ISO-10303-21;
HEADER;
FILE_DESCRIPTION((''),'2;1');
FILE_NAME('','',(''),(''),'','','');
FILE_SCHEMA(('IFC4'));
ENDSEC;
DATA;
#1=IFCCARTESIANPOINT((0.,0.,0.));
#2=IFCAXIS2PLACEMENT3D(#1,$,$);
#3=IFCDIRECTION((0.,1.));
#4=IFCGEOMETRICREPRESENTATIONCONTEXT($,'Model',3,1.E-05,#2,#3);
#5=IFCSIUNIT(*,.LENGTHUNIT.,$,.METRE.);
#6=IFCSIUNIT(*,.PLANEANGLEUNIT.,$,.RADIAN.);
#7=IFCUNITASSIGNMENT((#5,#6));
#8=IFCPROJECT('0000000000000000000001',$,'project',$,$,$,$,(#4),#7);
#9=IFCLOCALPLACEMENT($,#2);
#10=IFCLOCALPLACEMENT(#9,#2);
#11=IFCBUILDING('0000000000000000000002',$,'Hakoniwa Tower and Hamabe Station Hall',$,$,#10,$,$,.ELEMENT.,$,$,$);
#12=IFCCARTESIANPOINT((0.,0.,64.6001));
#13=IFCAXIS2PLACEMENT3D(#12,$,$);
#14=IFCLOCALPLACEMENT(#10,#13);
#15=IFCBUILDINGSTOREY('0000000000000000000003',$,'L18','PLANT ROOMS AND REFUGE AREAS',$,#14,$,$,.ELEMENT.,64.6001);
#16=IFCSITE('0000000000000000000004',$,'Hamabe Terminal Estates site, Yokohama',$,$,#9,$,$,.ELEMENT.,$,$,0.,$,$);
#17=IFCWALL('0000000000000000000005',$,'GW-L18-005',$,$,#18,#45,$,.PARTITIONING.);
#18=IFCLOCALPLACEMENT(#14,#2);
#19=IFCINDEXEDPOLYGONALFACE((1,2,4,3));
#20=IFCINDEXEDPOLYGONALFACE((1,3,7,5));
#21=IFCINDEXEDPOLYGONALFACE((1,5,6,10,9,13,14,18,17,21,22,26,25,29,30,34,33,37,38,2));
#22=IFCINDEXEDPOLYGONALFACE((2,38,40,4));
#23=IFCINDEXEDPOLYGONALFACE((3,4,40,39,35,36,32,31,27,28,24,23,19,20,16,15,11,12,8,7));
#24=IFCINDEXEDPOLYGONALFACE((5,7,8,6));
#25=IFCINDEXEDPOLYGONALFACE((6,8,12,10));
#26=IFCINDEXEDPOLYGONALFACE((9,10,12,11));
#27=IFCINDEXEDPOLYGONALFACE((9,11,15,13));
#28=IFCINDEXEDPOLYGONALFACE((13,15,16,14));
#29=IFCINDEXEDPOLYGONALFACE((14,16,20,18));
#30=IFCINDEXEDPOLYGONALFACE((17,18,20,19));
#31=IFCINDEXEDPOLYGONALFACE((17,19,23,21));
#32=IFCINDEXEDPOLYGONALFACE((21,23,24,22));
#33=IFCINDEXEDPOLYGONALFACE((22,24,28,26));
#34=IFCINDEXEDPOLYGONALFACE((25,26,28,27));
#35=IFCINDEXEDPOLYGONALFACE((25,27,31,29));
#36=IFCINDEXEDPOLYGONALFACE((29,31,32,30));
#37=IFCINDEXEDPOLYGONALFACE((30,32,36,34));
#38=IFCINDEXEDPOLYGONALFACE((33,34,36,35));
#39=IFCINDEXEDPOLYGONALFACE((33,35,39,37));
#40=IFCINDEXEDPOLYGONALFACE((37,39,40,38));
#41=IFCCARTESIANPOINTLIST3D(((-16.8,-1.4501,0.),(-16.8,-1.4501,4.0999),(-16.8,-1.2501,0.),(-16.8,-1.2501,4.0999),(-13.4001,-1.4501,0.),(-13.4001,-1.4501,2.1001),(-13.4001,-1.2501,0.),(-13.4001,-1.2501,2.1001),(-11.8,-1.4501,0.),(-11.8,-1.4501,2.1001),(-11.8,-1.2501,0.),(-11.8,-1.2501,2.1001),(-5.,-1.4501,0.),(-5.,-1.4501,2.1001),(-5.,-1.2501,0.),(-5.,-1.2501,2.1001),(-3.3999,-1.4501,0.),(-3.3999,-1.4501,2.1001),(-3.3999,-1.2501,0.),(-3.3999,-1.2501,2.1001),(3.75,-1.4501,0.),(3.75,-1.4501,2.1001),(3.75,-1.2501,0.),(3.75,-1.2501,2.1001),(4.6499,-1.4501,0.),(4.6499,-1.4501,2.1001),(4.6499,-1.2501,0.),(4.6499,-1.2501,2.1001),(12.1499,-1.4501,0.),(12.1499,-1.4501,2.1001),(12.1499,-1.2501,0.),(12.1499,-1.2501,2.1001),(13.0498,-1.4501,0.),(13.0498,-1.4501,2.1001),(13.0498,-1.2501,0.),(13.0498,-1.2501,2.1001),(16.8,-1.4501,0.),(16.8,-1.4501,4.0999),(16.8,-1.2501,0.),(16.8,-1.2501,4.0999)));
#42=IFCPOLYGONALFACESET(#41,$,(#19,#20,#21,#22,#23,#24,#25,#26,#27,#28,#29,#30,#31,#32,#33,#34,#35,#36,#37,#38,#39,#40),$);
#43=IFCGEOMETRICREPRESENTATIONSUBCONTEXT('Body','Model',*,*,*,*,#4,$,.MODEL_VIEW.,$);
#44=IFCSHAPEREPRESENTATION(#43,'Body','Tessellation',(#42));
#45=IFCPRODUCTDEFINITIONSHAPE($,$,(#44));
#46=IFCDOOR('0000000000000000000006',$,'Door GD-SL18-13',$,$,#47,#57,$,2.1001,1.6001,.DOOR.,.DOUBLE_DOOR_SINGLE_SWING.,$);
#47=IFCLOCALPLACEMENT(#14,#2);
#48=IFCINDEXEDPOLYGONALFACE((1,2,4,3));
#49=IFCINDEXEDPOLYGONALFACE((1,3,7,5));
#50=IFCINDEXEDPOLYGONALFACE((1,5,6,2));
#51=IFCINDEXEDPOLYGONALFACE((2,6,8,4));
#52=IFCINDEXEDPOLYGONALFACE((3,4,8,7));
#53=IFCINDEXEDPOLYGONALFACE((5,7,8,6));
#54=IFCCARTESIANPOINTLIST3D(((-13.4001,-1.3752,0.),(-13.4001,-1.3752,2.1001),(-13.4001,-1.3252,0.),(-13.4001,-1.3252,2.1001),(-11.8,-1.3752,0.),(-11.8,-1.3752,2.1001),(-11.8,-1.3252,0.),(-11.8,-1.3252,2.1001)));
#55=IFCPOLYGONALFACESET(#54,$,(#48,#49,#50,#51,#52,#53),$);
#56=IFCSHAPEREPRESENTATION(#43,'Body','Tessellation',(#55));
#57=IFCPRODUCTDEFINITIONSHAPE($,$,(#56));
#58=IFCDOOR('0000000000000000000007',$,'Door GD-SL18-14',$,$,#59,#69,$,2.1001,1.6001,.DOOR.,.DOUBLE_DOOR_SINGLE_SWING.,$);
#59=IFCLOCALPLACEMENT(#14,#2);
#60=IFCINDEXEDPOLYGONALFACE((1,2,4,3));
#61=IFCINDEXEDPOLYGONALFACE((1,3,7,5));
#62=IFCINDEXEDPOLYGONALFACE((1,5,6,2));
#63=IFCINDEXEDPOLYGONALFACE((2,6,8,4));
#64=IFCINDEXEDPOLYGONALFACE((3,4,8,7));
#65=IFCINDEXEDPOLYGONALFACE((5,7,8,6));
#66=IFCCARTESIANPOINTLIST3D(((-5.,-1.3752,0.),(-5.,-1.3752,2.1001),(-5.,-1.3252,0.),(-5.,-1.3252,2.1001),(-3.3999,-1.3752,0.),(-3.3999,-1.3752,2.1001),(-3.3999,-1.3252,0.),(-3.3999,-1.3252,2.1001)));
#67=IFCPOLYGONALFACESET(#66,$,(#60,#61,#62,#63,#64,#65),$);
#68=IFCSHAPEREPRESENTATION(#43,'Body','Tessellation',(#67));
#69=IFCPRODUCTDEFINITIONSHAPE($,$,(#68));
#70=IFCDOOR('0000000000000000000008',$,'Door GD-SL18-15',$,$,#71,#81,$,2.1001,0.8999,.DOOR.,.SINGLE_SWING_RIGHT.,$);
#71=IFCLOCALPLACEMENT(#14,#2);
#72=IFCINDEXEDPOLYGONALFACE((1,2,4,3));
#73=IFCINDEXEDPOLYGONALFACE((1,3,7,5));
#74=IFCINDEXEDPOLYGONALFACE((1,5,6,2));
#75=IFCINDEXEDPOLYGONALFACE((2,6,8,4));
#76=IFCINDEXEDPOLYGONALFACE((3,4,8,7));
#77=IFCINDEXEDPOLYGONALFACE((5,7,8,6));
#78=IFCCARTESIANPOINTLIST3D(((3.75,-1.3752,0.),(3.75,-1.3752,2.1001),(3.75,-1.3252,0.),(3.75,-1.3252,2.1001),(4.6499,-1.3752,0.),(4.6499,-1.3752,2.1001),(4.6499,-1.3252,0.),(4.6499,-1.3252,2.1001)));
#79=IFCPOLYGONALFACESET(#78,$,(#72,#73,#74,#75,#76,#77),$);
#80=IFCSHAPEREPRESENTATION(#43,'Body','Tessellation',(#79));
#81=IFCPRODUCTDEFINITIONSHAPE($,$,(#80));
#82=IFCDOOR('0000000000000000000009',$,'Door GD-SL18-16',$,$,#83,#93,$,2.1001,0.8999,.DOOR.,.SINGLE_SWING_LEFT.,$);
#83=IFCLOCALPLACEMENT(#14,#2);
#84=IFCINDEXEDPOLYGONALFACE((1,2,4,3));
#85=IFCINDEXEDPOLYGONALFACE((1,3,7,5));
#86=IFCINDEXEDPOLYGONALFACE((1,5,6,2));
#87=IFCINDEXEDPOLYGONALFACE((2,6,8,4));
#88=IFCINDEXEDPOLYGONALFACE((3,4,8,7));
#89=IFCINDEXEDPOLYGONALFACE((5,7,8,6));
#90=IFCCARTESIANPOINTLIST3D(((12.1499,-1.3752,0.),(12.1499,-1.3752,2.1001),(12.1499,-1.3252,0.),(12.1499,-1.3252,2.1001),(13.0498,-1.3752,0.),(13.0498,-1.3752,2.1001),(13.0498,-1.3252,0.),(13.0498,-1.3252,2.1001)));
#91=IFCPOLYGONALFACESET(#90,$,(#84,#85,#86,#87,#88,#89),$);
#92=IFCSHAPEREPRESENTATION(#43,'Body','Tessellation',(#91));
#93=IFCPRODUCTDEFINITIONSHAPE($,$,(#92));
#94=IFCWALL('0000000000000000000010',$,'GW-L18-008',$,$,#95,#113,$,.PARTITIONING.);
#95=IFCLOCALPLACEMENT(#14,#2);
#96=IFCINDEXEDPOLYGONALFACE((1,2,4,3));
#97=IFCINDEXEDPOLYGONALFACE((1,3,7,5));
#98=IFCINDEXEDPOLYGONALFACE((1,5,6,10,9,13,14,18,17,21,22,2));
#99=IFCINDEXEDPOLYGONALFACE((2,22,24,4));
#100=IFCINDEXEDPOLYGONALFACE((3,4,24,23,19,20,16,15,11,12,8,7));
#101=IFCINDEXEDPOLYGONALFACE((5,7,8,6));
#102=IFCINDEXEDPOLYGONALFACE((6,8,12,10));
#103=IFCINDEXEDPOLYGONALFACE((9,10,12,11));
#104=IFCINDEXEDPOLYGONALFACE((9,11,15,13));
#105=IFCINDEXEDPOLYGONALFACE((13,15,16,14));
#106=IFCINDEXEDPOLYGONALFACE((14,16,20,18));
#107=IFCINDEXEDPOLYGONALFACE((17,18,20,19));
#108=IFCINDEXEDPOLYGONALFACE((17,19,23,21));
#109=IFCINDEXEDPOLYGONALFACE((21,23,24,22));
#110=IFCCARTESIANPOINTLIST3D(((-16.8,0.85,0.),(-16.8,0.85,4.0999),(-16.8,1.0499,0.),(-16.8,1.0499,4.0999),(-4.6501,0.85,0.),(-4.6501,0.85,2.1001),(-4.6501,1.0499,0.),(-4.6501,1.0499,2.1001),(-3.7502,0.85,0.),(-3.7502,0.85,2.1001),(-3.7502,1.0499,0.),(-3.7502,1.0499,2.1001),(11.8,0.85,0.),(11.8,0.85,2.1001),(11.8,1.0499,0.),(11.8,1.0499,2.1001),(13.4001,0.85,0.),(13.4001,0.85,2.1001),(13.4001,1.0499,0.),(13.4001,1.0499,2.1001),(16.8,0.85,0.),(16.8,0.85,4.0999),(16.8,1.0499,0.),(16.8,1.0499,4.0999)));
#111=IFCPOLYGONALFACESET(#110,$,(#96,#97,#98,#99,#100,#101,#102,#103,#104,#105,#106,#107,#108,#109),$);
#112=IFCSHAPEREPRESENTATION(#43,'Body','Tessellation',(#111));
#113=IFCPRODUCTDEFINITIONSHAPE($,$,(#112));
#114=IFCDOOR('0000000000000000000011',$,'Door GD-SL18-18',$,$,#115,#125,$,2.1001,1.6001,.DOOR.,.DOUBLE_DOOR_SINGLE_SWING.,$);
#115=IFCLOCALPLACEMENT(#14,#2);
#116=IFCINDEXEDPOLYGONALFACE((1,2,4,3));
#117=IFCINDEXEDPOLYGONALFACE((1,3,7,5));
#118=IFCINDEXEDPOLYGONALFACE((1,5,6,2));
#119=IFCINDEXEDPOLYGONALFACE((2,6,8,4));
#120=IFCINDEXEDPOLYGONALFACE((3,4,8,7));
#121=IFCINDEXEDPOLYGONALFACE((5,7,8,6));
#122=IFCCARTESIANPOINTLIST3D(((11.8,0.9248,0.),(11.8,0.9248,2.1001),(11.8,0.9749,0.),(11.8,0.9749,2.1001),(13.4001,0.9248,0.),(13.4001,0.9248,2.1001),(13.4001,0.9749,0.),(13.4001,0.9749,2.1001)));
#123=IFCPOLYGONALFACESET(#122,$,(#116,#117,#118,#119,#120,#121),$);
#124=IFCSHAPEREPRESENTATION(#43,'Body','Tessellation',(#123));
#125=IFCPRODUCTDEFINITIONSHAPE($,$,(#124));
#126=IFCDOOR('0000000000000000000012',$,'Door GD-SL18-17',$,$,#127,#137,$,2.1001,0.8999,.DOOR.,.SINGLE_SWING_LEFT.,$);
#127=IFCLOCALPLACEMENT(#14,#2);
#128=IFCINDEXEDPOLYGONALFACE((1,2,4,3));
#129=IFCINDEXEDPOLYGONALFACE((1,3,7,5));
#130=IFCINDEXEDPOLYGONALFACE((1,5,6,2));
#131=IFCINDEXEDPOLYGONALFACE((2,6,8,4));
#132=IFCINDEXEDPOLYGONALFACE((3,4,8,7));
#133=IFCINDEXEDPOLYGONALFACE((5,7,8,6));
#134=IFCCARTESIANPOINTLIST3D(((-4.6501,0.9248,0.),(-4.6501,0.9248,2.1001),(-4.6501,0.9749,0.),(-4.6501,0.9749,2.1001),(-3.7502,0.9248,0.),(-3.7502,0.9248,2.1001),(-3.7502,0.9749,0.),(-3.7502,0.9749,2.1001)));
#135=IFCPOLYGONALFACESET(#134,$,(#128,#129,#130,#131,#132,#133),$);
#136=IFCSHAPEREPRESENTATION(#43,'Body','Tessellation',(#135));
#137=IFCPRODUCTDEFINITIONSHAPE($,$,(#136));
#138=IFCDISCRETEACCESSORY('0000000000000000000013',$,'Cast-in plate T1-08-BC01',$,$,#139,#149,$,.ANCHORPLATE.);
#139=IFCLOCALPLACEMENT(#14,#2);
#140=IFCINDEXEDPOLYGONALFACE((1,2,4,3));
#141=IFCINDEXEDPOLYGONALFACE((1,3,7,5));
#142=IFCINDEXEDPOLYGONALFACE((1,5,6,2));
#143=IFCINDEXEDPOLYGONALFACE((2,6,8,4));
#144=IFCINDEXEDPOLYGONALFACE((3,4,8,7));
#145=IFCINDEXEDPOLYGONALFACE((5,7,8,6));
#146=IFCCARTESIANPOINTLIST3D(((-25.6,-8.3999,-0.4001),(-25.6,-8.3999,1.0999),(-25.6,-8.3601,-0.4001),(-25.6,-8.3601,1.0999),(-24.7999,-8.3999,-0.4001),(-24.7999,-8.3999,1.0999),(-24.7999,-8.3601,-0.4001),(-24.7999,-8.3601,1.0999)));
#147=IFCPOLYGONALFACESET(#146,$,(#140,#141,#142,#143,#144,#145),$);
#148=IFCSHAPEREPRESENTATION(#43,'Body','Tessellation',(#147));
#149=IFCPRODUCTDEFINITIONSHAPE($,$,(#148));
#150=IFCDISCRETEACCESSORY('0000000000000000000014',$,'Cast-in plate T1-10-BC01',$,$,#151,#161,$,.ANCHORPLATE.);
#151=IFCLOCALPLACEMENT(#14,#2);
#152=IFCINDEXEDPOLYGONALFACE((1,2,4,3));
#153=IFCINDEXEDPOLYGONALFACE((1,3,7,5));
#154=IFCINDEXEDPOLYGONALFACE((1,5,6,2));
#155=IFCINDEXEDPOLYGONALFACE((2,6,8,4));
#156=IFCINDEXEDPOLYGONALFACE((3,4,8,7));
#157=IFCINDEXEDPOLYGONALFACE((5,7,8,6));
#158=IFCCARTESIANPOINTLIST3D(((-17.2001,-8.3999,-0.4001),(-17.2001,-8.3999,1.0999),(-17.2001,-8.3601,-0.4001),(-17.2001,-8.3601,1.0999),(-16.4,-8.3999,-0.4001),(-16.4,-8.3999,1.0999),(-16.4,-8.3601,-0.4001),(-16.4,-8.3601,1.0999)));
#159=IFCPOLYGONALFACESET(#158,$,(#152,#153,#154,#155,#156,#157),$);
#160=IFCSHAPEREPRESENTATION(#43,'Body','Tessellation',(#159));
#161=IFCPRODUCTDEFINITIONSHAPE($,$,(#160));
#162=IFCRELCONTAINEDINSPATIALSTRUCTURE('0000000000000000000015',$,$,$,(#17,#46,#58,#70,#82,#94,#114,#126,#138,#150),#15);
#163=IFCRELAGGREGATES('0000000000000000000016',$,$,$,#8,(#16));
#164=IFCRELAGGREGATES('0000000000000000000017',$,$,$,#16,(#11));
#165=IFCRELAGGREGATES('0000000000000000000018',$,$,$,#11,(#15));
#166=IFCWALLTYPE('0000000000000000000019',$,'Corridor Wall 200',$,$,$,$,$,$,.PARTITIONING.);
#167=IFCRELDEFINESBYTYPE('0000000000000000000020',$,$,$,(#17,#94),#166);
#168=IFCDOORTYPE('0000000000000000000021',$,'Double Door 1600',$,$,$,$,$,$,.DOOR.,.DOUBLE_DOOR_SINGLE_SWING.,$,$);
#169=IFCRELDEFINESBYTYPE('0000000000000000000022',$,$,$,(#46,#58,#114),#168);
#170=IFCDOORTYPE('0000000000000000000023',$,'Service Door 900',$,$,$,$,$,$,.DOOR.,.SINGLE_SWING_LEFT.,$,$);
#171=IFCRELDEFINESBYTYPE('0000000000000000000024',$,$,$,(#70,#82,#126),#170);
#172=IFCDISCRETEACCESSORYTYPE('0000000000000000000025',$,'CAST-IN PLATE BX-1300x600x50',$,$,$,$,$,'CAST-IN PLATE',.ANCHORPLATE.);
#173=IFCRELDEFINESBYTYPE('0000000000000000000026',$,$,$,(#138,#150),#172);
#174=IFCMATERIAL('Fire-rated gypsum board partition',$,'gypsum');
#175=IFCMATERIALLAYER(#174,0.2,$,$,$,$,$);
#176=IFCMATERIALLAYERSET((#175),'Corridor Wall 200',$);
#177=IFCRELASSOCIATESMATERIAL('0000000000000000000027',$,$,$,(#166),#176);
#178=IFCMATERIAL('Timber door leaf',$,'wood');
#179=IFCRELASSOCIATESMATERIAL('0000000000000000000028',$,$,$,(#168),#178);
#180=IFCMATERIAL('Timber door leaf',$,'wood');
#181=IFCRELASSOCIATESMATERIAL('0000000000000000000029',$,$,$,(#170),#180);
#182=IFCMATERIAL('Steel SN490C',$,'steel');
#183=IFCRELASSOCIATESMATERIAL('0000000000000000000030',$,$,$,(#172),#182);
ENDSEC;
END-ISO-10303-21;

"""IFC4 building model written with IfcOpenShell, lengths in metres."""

from ifc_helpers import new_model, si_unit, direction, frame, frame_2d, origin, origin_2d, place, context, subcontext, project, spatial, rectangle, extrude, material, layer, layer_set, material_profile, profile_set, type_object, element, fill, save


model = new_model("IFC4")

# Units and contexts
model_context = context("Model", 3, precision=1e-05, world=origin(), true_north=direction((0.0, 1.0)))
body_context = subcontext(model_context, "Body", "Model", "MODEL_VIEW")
ifc_project = project(units=[si_unit("LENGTHUNIT", "METRE"), si_unit("PLANEANGLEUNIT", "RADIAN")], contexts=[model_context])

# Site, building, storey
site_placement = place(None, origin())
site = spatial("IfcSite", under=ifc_project, at=site_placement, Name="Hamabe Terminal Estates site, Yokohama", CompositionType="ELEMENT", RefElevation=0.0)
building_placement = place(site_placement, origin())
building = spatial("IfcBuilding", under=site, at=building_placement, Name="Hakoniwa Tower and Hamabe Station Hall", CompositionType="ELEMENT")
storey_placement = place(building_placement, frame((0.0, 0.0, 64.6001)))
storey = spatial("IfcBuildingStorey", under=building, at=storey_placement, Name="L18", Description="PLANT ROOMS AND REFUGE AREAS", CompositionType="ELEMENT", Elevation=64.6001)

# Walls, openings, doors
ifc_material_1 = material(Name="Fire-rated gypsum board partition", Category="gypsum")
ifc_layer_1 = layer(ifc_material_1, 0.2)
ifc_layer_set_1 = layer_set([ifc_layer_1], Name="Corridor Wall 200")
wall_type_1 = type_object("IfcWallType", Name="Corridor Wall 200", PredefinedType="PARTITIONING", material=ifc_layer_set_1)
wall_1_placement = place(storey_placement, frame((-16.8, -1.3501, 0.0), z_axis=(0.0, 0.0, 1.0), x_axis=(1.0, 0.0, 0.0)))
wall_1 = element("IfcWall", 1, at=wall_1_placement, inside=storey, type_object=wall_type_1, Name="GW-L18-005", PredefinedType="PARTITIONING", context=body_context, shape_type="SweptSolid", body=[
    extrude(rectangle(XDim=33.6001, YDim=0.2, at=frame_2d((16.8, 0.0))), origin(), (0.0, 0.0, 1.0), 4.0999),
])
opening_1_placement = place(wall_1_placement, frame((3.3999, 0.0, 0.0)))
opening_1 = element("IfcOpeningElement", 2, at=opening_1_placement, cuts=wall_1, PredefinedType="OPENING", context=body_context, shape_type="SweptSolid", body=[
    extrude(rectangle(XDim=1.6001, YDim=2.1001, at=frame_2d((0.8, 1.05))), frame((0.0, 0.1099, 0.0), z_axis=(0.0, -1.0, 0.0), x_axis=(1.0, 0.0, 0.0)), (0.0, 0.0, 1.0), 0.22),
])
opening_2_placement = place(wall_1_placement, frame((11.8, 0.0, 0.0)))
opening_2 = element("IfcOpeningElement", 3, at=opening_2_placement, cuts=wall_1, PredefinedType="OPENING", context=body_context, shape_type="SweptSolid", body=[
    extrude(rectangle(XDim=1.6001, YDim=2.1001, at=frame_2d((0.8, 1.05))), frame((0.0, 0.1099, 0.0), z_axis=(0.0, -1.0, 0.0), x_axis=(1.0, 0.0, 0.0)), (0.0, 0.0, 1.0), 0.22),
])
opening_3_placement = place(wall_1_placement, frame((20.55, 0.0, 0.0)))
opening_3 = element("IfcOpeningElement", 4, at=opening_3_placement, cuts=wall_1, PredefinedType="OPENING", context=body_context, shape_type="SweptSolid", body=[
    extrude(rectangle(XDim=0.8999, YDim=2.1001, at=frame_2d((0.45, 1.05))), frame((0.0, 0.1099, 0.0), z_axis=(0.0, -1.0, 0.0), x_axis=(1.0, 0.0, 0.0)), (0.0, 0.0, 1.0), 0.22),
])
opening_4_placement = place(wall_1_placement, frame((28.95, 0.0, 0.0)))
opening_4 = element("IfcOpeningElement", 5, at=opening_4_placement, cuts=wall_1, PredefinedType="OPENING", context=body_context, shape_type="SweptSolid", body=[
    extrude(rectangle(XDim=0.8999, YDim=2.1001, at=frame_2d((0.45, 1.05))), frame((0.0, 0.1099, 0.0), z_axis=(0.0, -1.0, 0.0), x_axis=(1.0, 0.0, 0.0)), (0.0, 0.0, 1.0), 0.22),
])
ifc_material_2 = material(Name="Timber door leaf", Category="wood")
door_type_1 = type_object("IfcDoorType", Name="Double Door 1600", OperationType="DOUBLE_DOOR_SINGLE_SWING", PredefinedType="DOOR", material=ifc_material_2)
door_1_placement = place(opening_1_placement, origin())
door_1 = element("IfcDoor", 6, at=door_1_placement, inside=storey, type_object=door_type_1, Name="Door GD-SL18-13", OperationType="DOUBLE_DOOR_SINGLE_SWING", OverallHeight=2.1001, OverallWidth=1.6001, PredefinedType="DOOR", context=body_context, shape_type="SweptSolid", body=[
    extrude(rectangle(XDim=1.6001, YDim=2.1001, at=frame_2d((0.8, 1.05))), frame((0.0, 0.0249, 0.0), z_axis=(0.0, -1.0, 0.0), x_axis=(1.0, 0.0, 0.0)), (0.0, 0.0, 1.0), 0.05),
])
fill(opening_1, door_1)
door_2_placement = place(opening_2_placement, origin())
door_2 = element("IfcDoor", 7, at=door_2_placement, inside=storey, type_object=door_type_1, Name="Door GD-SL18-14", OperationType="DOUBLE_DOOR_SINGLE_SWING", OverallHeight=2.1001, OverallWidth=1.6001, PredefinedType="DOOR", context=body_context, shape_type="SweptSolid", body=[
    extrude(rectangle(XDim=1.6001, YDim=2.1001, at=frame_2d((0.8, 1.05))), frame((0.0, 0.0249, 0.0), z_axis=(0.0, -1.0, 0.0), x_axis=(1.0, 0.0, 0.0)), (0.0, 0.0, 1.0), 0.05),
])
fill(opening_2, door_2)
ifc_material_3 = material(Name="Timber door leaf", Category="wood")
door_type_2 = type_object("IfcDoorType", Name="Service Door 900", OperationType="SINGLE_SWING_LEFT", PredefinedType="DOOR", material=ifc_material_3)
door_3_placement = place(opening_3_placement, origin())
door_3 = element("IfcDoor", 8, at=door_3_placement, inside=storey, type_object=door_type_2, Name="Door GD-SL18-15", OperationType="SINGLE_SWING_RIGHT", OverallHeight=2.1001, OverallWidth=0.8999, PredefinedType="DOOR", context=body_context, shape_type="SweptSolid", body=[
    extrude(rectangle(XDim=0.8999, YDim=2.1001, at=frame_2d((0.45, 1.05))), frame((0.0, 0.0249, 0.0), z_axis=(0.0, -1.0, 0.0), x_axis=(1.0, 0.0, 0.0)), (0.0, 0.0, 1.0), 0.05),
])
fill(opening_3, door_3)
door_4_placement = place(opening_4_placement, origin())
door_4 = element("IfcDoor", 9, at=door_4_placement, inside=storey, type_object=door_type_2, Name="Door GD-SL18-16", OperationType="SINGLE_SWING_LEFT", OverallHeight=2.1001, OverallWidth=0.8999, PredefinedType="DOOR", context=body_context, shape_type="SweptSolid", body=[
    extrude(rectangle(XDim=0.8999, YDim=2.1001, at=frame_2d((0.45, 1.05))), frame((0.0, 0.0249, 0.0), z_axis=(0.0, -1.0, 0.0), x_axis=(1.0, 0.0, 0.0)), (0.0, 0.0, 1.0), 0.05),
])
fill(opening_4, door_4)
wall_2_placement = place(storey_placement, frame((-16.8, 0.95, 0.0), z_axis=(0.0, 0.0, 1.0), x_axis=(1.0, 0.0, 0.0)))
wall_2 = element("IfcWall", 10, at=wall_2_placement, inside=storey, type_object=wall_type_1, Name="GW-L18-008", PredefinedType="PARTITIONING", context=body_context, shape_type="SweptSolid", body=[
    extrude(rectangle(XDim=33.6001, YDim=0.2, at=frame_2d((16.8, 0.0))), origin(), (0.0, 0.0, 1.0), 4.0999),
])
opening_5_placement = place(wall_2_placement, frame((12.1499, 0.0, 0.0)))
opening_5 = element("IfcOpeningElement", 11, at=opening_5_placement, cuts=wall_2, PredefinedType="OPENING", context=body_context, shape_type="SweptSolid", body=[
    extrude(rectangle(XDim=0.8999, YDim=2.1001, at=frame_2d((0.45, 1.05))), frame((0.0, 0.1099, 0.0), z_axis=(0.0, -1.0, 0.0), x_axis=(1.0, 0.0, 0.0)), (0.0, 0.0, 1.0), 0.22),
])
opening_6_placement = place(wall_2_placement, frame((28.6001, 0.0, 0.0)))
opening_6 = element("IfcOpeningElement", 12, at=opening_6_placement, cuts=wall_2, PredefinedType="OPENING", context=body_context, shape_type="SweptSolid", body=[
    extrude(rectangle(XDim=1.6001, YDim=2.1001, at=frame_2d((0.8, 1.05))), frame((0.0, 0.1099, 0.0), z_axis=(0.0, -1.0, 0.0), x_axis=(1.0, 0.0, 0.0)), (0.0, 0.0, 1.0), 0.22),
])
door_5_placement = place(opening_6_placement, origin())
door_5 = element("IfcDoor", 13, at=door_5_placement, inside=storey, type_object=door_type_1, Name="Door GD-SL18-18", OperationType="DOUBLE_DOOR_SINGLE_SWING", OverallHeight=2.1001, OverallWidth=1.6001, PredefinedType="DOOR", context=body_context, shape_type="SweptSolid", body=[
    extrude(rectangle(XDim=1.6001, YDim=2.1001, at=frame_2d((0.8, 1.05))), frame((0.0, 0.0249, 0.0), z_axis=(0.0, -1.0, 0.0), x_axis=(1.0, 0.0, 0.0)), (0.0, 0.0, 1.0), 0.05),
])
fill(opening_6, door_5)
door_6_placement = place(opening_5_placement, origin())
door_6 = element("IfcDoor", 14, at=door_6_placement, inside=storey, type_object=door_type_2, Name="Door GD-SL18-17", OperationType="SINGLE_SWING_LEFT", OverallHeight=2.1001, OverallWidth=0.8999, PredefinedType="DOOR", context=body_context, shape_type="SweptSolid", body=[
    extrude(rectangle(XDim=0.8999, YDim=2.1001, at=frame_2d((0.45, 1.05))), frame((0.0, 0.0249, 0.0), z_axis=(0.0, -1.0, 0.0), x_axis=(1.0, 0.0, 0.0)), (0.0, 0.0, 1.0), 0.05),
])
fill(opening_5, door_6)

# Discrete accessories
ifc_material_4 = material(Name="Steel SN490C", Category="steel")
ifc_material_profile_1 = material_profile(ifc_material_4, rectangle(XDim=0.8, YDim=1.5, at=origin_2d()), Name="CAST-IN PLATE BX-1300x600x50")
ifc_profile_set_1 = profile_set([ifc_material_profile_1], Name="Steel SN490C")
discrete_accessory_type_1 = type_object("IfcDiscreteAccessoryType", Name="CAST-IN PLATE BX-1300x600x50", ElementType="CAST-IN PLATE", PredefinedType="ANCHORPLATE", material=ifc_profile_set_1)
for number, where, z_axis, x_axis, name in (
    (15, (-25.2, -8.3601, 0.3499), (0.0, -1.0, 0.0), (1.0, 0.0, 0.0), "Cast-in plate T1-08-BC01"),
    (16, (-16.8, -8.3601, 0.3499), (0.0, -1.0, 0.0), (1.0, 0.0, 0.0), "Cast-in plate T1-10-BC01"),
):
    element("IfcDiscreteAccessory", number, at=place(storey_placement, frame(where, z_axis=z_axis, x_axis=x_axis)), inside=storey, type_object=discrete_accessory_type_1, Name=name, PredefinedType="ANCHORPLATE", context=body_context, shape_type="SweptSolid", body=[
        extrude(rectangle(XDim=0.8, YDim=1.5, at=origin_2d()), origin(), (0.0, 0.0, 1.0), 0.0398),
    ])

save(model, "model.ifc")
